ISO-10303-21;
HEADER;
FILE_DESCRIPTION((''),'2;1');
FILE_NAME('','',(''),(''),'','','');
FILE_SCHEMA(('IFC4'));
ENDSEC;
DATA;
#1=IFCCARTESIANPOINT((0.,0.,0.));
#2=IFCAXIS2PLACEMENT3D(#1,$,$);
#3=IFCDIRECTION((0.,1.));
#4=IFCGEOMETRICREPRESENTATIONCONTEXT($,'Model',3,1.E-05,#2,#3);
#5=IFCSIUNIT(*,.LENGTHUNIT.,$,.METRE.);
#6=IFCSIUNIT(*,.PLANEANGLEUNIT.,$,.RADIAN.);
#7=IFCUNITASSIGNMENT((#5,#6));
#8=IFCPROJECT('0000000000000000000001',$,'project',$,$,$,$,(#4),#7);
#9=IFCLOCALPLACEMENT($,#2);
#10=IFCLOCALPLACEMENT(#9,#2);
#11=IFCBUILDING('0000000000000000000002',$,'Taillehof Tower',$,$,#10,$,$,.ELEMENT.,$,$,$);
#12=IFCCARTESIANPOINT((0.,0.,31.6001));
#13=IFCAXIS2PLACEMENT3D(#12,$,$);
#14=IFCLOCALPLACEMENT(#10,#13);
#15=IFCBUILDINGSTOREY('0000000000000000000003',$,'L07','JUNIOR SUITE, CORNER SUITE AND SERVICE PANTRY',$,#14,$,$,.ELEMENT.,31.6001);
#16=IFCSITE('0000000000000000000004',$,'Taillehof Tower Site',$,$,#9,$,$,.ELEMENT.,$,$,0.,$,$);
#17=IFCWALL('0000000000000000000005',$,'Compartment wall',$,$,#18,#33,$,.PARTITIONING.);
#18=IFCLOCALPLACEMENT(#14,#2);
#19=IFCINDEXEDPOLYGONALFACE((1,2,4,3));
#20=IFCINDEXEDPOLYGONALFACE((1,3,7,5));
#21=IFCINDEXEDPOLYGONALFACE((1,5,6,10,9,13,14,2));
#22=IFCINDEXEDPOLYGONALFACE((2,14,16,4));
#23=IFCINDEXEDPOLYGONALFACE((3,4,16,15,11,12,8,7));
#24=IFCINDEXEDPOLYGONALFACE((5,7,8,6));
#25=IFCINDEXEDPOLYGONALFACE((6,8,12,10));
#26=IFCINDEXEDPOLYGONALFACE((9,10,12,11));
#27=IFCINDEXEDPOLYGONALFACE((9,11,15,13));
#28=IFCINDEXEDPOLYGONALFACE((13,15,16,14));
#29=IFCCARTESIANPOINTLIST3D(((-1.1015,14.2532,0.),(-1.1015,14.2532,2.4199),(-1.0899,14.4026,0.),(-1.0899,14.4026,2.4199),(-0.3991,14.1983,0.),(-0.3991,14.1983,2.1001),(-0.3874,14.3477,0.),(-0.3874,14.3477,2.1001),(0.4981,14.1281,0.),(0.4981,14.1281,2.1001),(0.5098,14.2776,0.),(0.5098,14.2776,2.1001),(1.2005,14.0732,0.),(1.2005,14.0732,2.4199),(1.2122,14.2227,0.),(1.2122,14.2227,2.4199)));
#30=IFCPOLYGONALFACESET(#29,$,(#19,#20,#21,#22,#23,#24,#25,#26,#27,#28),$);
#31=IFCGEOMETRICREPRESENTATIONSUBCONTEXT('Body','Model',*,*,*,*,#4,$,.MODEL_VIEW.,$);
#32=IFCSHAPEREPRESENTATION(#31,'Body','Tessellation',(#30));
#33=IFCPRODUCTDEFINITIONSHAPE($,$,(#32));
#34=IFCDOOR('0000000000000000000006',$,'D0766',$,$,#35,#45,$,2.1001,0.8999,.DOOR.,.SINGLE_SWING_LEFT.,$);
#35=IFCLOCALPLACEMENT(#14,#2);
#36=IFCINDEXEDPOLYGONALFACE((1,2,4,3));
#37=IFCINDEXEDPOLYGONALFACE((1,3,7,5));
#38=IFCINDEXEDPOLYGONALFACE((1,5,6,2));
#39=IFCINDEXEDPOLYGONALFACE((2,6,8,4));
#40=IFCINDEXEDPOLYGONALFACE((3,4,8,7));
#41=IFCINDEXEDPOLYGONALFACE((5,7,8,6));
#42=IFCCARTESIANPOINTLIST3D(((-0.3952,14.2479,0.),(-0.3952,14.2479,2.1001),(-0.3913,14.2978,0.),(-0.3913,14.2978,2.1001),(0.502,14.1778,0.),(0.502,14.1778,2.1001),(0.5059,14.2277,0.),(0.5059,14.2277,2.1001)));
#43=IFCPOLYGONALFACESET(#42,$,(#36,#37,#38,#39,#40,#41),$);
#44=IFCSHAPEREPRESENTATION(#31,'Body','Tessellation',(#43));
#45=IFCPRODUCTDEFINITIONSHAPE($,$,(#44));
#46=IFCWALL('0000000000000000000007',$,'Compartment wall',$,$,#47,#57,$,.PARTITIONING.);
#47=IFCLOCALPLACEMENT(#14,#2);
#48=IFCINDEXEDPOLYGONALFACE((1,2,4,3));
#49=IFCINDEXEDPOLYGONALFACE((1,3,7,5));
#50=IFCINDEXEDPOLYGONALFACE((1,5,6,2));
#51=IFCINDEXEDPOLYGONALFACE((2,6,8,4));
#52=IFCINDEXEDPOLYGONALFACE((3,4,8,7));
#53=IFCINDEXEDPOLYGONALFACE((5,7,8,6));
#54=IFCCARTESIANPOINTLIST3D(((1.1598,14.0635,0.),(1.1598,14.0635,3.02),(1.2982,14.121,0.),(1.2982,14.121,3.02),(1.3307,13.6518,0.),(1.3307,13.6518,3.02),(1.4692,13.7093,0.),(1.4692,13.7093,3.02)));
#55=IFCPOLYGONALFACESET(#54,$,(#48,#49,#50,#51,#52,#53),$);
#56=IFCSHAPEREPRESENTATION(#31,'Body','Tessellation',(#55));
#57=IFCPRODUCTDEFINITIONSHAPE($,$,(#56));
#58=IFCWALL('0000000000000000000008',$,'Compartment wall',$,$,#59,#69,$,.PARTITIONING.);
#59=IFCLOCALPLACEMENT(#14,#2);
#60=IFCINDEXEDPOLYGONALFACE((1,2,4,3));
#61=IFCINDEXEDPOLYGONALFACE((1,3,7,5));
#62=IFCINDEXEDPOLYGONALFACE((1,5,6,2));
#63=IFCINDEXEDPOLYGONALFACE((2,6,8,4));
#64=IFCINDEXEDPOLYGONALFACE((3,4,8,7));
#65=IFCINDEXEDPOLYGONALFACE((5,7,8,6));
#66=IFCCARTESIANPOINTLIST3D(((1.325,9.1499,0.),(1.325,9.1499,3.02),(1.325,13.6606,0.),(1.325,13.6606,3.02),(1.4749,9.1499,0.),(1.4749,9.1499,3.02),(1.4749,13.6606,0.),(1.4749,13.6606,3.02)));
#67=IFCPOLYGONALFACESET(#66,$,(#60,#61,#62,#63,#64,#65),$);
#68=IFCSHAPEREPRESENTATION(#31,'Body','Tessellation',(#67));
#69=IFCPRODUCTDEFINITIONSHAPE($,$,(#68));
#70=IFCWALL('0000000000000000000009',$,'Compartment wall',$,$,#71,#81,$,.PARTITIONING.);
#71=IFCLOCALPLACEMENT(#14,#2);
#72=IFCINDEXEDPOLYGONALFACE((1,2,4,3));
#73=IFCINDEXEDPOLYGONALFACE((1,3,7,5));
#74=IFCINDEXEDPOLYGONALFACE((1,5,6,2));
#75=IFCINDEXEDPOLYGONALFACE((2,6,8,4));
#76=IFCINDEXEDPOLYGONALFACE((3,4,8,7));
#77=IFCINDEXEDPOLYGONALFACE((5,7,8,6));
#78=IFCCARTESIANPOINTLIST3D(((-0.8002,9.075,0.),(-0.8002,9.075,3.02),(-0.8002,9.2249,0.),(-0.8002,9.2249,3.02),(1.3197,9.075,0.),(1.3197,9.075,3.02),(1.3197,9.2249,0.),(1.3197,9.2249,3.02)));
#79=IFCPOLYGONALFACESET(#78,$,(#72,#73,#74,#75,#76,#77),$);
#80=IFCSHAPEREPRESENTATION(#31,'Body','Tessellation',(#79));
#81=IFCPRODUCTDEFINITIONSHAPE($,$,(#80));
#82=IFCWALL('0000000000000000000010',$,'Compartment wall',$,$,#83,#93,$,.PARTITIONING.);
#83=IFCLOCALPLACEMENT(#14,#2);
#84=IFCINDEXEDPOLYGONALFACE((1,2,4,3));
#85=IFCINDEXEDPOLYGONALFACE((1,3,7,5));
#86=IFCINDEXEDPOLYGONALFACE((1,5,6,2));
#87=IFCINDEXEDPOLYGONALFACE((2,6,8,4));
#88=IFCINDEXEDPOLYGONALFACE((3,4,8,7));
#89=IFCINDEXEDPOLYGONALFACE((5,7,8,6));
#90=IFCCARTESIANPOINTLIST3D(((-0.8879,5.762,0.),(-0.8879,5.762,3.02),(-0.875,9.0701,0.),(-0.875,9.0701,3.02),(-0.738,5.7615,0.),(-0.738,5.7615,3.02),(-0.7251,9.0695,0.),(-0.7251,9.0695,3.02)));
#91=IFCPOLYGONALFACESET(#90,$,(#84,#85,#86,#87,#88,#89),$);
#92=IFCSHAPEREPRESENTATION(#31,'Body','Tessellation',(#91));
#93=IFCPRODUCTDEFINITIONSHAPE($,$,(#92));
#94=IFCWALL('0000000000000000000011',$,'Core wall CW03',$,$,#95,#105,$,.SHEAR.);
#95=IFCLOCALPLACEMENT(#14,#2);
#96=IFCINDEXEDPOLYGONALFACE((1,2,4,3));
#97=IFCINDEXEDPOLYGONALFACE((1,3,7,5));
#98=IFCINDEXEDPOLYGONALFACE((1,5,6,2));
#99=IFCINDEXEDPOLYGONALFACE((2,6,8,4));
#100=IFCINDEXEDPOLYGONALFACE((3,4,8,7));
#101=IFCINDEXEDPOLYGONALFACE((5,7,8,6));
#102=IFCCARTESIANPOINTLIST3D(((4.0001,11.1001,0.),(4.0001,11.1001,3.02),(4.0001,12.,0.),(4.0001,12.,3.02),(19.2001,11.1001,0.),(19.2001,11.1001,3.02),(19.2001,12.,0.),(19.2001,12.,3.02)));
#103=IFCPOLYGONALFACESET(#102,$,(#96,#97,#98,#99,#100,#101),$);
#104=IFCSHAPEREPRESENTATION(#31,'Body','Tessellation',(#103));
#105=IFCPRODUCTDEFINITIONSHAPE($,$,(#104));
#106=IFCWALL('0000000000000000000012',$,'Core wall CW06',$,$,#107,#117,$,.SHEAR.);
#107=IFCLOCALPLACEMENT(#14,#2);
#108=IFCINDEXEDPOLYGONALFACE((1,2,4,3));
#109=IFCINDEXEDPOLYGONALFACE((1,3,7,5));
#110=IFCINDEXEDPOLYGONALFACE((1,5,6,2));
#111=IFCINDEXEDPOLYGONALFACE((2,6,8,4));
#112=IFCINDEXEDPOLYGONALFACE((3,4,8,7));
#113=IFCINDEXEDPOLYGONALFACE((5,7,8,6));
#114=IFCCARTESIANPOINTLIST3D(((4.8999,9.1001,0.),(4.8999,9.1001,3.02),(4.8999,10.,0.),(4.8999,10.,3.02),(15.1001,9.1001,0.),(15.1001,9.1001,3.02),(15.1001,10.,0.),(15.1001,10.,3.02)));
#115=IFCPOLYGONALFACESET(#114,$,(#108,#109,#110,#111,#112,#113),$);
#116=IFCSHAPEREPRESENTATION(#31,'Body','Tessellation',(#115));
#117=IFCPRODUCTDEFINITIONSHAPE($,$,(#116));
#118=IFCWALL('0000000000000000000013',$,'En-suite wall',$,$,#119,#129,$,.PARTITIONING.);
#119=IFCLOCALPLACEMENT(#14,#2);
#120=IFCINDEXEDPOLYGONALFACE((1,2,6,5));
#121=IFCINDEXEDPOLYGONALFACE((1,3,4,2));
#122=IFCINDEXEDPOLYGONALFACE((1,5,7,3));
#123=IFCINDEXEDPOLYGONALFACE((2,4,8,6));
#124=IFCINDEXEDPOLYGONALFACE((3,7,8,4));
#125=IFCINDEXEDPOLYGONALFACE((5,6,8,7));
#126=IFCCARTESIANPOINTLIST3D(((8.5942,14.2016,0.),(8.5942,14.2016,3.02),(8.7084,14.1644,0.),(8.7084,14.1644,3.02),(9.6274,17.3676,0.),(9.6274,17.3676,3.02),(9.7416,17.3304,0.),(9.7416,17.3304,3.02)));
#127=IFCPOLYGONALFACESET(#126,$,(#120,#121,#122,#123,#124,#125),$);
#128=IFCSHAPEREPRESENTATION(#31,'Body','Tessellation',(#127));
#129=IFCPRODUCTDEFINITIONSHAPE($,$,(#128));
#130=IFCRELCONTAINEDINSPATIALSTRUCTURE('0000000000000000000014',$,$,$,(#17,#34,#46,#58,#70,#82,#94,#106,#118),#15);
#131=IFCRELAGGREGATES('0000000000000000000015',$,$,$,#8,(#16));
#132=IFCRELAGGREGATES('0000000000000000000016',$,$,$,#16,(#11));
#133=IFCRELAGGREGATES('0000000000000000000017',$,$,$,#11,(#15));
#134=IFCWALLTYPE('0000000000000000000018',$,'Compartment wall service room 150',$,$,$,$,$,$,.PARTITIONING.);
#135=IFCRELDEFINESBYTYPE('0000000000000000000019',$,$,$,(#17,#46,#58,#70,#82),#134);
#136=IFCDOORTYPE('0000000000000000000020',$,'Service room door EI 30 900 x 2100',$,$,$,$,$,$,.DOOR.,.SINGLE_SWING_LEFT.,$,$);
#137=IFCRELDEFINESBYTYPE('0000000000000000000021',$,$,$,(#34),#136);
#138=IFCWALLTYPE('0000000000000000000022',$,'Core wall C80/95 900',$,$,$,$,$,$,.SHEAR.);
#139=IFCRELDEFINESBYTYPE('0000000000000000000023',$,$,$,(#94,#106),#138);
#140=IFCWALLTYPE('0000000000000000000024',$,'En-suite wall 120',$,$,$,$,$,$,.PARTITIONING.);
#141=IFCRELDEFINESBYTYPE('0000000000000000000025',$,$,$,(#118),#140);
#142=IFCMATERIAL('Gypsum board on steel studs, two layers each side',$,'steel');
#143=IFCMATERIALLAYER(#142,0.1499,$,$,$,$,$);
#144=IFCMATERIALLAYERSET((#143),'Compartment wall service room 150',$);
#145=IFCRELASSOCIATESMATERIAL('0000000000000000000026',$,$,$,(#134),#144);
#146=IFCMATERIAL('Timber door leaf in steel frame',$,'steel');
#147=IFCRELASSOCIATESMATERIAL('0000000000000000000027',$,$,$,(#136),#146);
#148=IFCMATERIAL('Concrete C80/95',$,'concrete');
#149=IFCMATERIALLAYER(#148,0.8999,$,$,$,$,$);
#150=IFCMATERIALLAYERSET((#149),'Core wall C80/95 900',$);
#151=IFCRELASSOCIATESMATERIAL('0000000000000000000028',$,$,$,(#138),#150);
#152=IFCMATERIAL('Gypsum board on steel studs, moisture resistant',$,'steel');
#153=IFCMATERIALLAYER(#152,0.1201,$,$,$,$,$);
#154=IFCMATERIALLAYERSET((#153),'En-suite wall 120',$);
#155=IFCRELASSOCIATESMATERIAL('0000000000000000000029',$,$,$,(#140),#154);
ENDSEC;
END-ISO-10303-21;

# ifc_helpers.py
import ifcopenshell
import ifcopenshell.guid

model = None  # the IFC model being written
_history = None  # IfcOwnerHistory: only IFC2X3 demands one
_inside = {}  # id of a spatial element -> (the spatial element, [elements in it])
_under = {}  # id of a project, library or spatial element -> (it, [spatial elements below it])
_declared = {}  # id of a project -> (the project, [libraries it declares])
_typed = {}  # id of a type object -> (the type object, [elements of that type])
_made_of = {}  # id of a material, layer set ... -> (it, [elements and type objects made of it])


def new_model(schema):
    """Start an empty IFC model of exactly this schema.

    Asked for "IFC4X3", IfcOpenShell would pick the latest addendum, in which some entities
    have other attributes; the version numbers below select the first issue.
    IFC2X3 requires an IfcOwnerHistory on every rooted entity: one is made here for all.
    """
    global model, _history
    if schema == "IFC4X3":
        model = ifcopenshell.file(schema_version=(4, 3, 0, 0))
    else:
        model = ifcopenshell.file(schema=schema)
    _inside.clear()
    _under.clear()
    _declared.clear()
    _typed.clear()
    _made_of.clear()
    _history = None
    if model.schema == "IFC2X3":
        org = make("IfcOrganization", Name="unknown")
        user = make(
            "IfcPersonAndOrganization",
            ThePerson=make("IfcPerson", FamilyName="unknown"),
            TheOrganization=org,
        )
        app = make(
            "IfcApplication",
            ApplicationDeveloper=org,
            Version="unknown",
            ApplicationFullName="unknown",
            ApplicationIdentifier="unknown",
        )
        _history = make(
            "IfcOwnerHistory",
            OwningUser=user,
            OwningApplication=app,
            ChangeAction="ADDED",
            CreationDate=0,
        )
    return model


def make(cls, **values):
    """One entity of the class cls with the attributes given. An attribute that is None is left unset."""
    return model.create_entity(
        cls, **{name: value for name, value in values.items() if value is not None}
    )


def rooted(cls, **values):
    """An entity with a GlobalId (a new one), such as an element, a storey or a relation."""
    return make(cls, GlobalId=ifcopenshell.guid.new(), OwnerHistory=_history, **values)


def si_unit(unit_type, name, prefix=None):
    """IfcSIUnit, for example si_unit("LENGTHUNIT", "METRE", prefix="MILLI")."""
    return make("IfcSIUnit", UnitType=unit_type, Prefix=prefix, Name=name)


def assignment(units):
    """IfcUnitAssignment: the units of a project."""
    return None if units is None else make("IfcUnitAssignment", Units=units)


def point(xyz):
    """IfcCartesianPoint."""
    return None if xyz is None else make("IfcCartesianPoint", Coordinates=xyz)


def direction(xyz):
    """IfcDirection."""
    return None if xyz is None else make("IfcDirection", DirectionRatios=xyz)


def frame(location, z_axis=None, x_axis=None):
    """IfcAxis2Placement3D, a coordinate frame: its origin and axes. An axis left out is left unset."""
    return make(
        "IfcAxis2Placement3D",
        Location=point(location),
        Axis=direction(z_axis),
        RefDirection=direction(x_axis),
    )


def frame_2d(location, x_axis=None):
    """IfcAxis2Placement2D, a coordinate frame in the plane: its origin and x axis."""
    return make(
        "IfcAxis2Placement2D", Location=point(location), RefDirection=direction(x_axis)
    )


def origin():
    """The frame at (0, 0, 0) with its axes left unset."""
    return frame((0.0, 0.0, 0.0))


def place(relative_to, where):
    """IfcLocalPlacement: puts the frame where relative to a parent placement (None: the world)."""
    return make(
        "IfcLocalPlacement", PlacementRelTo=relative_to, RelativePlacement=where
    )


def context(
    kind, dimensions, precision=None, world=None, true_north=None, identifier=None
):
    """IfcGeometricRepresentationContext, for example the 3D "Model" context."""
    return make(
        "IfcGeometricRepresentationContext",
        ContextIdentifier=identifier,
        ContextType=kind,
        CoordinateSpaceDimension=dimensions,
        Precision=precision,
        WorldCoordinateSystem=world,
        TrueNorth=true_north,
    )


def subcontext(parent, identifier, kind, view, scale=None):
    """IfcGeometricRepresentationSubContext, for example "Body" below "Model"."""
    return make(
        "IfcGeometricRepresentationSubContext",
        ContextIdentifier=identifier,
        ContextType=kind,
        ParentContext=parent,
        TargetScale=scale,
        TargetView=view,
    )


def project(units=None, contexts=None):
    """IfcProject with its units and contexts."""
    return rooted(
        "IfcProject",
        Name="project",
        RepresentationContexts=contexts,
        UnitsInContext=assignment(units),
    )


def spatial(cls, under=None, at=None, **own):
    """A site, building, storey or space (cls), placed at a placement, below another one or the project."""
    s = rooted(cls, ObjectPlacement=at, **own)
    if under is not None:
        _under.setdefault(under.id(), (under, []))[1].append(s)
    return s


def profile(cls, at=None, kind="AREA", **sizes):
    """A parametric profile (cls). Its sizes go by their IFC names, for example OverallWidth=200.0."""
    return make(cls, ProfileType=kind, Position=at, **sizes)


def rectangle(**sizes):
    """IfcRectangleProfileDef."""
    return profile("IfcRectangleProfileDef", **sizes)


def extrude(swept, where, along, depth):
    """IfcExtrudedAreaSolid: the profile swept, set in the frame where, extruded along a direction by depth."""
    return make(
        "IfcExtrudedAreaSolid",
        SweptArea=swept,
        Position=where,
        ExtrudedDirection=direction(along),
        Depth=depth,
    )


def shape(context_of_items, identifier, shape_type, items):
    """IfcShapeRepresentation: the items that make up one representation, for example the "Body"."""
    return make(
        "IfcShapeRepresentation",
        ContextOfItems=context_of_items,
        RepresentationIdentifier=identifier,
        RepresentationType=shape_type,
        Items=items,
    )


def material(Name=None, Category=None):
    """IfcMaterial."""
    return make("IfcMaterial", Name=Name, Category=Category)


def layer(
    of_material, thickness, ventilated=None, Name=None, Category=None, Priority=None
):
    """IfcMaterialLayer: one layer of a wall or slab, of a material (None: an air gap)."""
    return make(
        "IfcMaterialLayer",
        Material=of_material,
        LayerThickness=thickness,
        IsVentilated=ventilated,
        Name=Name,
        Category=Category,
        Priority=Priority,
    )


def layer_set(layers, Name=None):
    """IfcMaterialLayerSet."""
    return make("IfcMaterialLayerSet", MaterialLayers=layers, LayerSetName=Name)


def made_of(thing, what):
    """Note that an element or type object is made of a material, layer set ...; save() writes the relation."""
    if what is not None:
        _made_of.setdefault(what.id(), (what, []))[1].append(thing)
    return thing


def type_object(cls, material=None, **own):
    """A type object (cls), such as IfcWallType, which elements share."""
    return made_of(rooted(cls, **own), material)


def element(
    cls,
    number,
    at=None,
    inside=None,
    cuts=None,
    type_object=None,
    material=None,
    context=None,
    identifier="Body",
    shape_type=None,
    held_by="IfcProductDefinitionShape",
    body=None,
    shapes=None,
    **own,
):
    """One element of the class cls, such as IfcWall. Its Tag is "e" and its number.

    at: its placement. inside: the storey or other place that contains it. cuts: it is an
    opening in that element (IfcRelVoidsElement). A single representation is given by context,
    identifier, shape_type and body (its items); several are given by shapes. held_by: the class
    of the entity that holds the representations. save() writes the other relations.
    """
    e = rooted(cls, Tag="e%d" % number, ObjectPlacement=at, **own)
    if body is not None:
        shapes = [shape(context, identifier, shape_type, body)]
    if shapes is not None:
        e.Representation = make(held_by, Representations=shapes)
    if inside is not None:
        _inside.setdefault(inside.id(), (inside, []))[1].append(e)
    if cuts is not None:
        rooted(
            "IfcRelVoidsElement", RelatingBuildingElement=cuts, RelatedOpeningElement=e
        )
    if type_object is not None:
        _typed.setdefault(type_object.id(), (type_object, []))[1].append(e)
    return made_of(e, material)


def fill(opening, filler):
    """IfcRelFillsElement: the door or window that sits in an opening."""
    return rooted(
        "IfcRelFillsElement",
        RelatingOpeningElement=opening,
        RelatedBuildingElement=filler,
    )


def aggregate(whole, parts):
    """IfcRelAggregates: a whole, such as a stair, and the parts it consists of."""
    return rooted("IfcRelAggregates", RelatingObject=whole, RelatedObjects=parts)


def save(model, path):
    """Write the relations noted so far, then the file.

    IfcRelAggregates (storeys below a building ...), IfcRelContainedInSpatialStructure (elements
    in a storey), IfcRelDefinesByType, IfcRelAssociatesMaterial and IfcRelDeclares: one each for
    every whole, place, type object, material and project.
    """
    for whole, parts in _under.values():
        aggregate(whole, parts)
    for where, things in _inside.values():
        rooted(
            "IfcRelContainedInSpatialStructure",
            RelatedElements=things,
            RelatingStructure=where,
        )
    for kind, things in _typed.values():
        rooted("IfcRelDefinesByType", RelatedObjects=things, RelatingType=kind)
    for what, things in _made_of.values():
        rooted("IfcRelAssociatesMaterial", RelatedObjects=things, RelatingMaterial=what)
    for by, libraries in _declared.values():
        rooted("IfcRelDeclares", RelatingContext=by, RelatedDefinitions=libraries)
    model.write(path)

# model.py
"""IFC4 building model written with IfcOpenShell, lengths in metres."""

from ifc_helpers import new_model, si_unit, direction, frame, frame_2d, origin, place, context, subcontext, project, spatial, rectangle, extrude, material, layer, layer_set, type_object, element, fill, save


model = new_model("IFC4")

# Units and contexts
model_context = context("Model", 3, precision=1e-05, world=origin(), true_north=direction((0.0, 1.0)))
body_context = subcontext(model_context, "Body", "Model", "MODEL_VIEW")
ifc_project = project(units=[si_unit("LENGTHUNIT", "METRE"), si_unit("PLANEANGLEUNIT", "RADIAN")], contexts=[model_context])

# Site, building, storey
site_placement = place(None, origin())
site = spatial("IfcSite", under=ifc_project, at=site_placement, Name="Taillehof Tower Site", CompositionType="ELEMENT", RefElevation=0.0)
building_placement = place(site_placement, origin())
building = spatial("IfcBuilding", under=site, at=building_placement, Name="Taillehof Tower", CompositionType="ELEMENT")
storey_placement = place(building_placement, frame((0.0, 0.0, 31.6001)))
storey = spatial("IfcBuildingStorey", under=building, at=storey_placement, Name="L07", Description="JUNIOR SUITE, CORNER SUITE AND SERVICE PANTRY", CompositionType="ELEMENT", Elevation=31.6001)

# Wall, opening, door
ifc_material_1 = material(Name="Gypsum board on steel studs, two layers each side", Category="steel")
ifc_layer_1 = layer(ifc_material_1, 0.1499)
ifc_layer_set_1 = layer_set([ifc_layer_1], Name="Compartment wall service room 150")
wall_type_1 = type_object("IfcWallType", Name="Compartment wall service room 150", PredefinedType="PARTITIONING", material=ifc_layer_set_1)
wall_1_placement = place(storey_placement, frame((-1.0957, 14.3279, 0.0), z_axis=(0.0, 0.0, 1.0), x_axis=(0.996959, -0.077925, 0.0)))
wall_1 = element("IfcWall", 1, at=wall_1_placement, inside=storey, type_object=wall_type_1, Name="Compartment wall", PredefinedType="PARTITIONING", context=body_context, shape_type="SweptSolid", body=[
    extrude(rectangle(XDim=2.3091, YDim=0.1499, at=frame_2d((1.1545, 0.0))), origin(), (0.0, 0.0, 1.0), 2.4199),
])
opening_1_placement = place(wall_1_placement, frame((0.7046, 0.0, 0.0)))
opening_1 = element("IfcOpeningElement", 2, at=opening_1_placement, cuts=wall_1, PredefinedType="OPENING", context=body_context, shape_type="SweptSolid", body=[
    extrude(rectangle(XDim=0.8999, YDim=2.1001, at=frame_2d((0.45, 1.05))), frame((0.0, 0.085, 0.0), z_axis=(0.0, -1.0, 0.0), x_axis=(1.0, 0.0, 0.0)), (0.0, 0.0, 1.0), 0.1699),
])
ifc_material_2 = material(Name="Timber door leaf in steel frame", Category="steel")
door_type_1 = type_object("IfcDoorType", Name="Service room door EI 30 900 x 2100", OperationType="SINGLE_SWING_LEFT", PredefinedType="DOOR", material=ifc_material_2)
door_1_placement = place(opening_1_placement, origin())
door_1 = element("IfcDoor", 3, at=door_1_placement, inside=storey, type_object=door_type_1, Name="D0766", OperationType="SINGLE_SWING_LEFT", OverallHeight=2.1001, OverallWidth=0.8999, PredefinedType="DOOR", context=body_context, shape_type="SweptSolid", body=[
    extrude(rectangle(XDim=0.8999, YDim=2.1001, at=frame_2d((0.45, 1.05))), frame((0.0, 0.0249, 0.0), z_axis=(0.0, -1.0, 0.0), x_axis=(1.0, 0.0, 0.0)), (0.0, 0.0, 1.0), 0.05),
])
fill(opening_1, door_1)

# Walls
wall_2_placement = place(storey_placement, frame((1.229, 14.0923, 0.0), z_axis=(0.0, 0.0, 1.0), x_axis=(0.383448, -0.923562, 0.0)))
element("IfcWall", 4, at=wall_2_placement, inside=storey, type_object=wall_type_1, Name="Compartment wall", PredefinedType="PARTITIONING", context=body_context, shape_type="SweptSolid", body=[
    extrude(rectangle(XDim=0.4458, YDim=0.1499, at=frame_2d((0.2229, 0.0))), origin(), (0.0, 0.0, 1.0), 3.02),
])
wall_3_placement = place(storey_placement, frame((1.3999, 13.6606, 0.0), z_axis=(0.0, 0.0, 1.0), x_axis=(0.0, -1.0, 0.0)))
element("IfcWall", 5, at=wall_3_placement, inside=storey, type_object=wall_type_1, Name="Compartment wall", PredefinedType="PARTITIONING", context=body_context, shape_type="SweptSolid", body=[
    extrude(rectangle(XDim=4.5107, YDim=0.1499, at=frame_2d((2.2554, 0.0))), origin(), (0.0, 0.0, 1.0), 3.02),
])
wall_4_placement = place(storey_placement, frame((1.3198, 9.1499, 0.0), z_axis=(0.0, 0.0, 1.0), x_axis=(-1.0, 0.0, 0.0)))
element("IfcWall", 6, at=wall_4_placement, inside=storey, type_object=wall_type_1, Name="Compartment wall", PredefinedType="PARTITIONING", context=body_context, shape_type="SweptSolid", body=[
    extrude(rectangle(XDim=2.1199, YDim=0.1499, at=frame_2d((1.0601, 0.0))), origin(), (0.0, 0.0, 1.0), 3.02),
])
wall_5_placement = place(storey_placement, frame((-0.8, 9.0698, 0.0), z_axis=(0.0, 0.0, 1.0), x_axis=(-0.003911, -0.999992, 0.0)))
element("IfcWall", 7, at=wall_5_placement, inside=storey, type_object=wall_type_1, Name="Compartment wall", PredefinedType="PARTITIONING", context=body_context, shape_type="SweptSolid", body=[
    extrude(rectangle(XDim=3.3081, YDim=0.1499, at=frame_2d((1.6541, 0.0))), origin(), (0.0, 0.0, 1.0), 3.02),
])
ifc_material_3 = material(Name="Concrete C80/95", Category="concrete")
ifc_layer_2 = layer(ifc_material_3, 0.8999)
ifc_layer_set_2 = layer_set([ifc_layer_2], Name="Core wall C80/95 900")
wall_type_2 = type_object("IfcWallType", Name="Core wall C80/95 900", PredefinedType="SHEAR", material=ifc_layer_set_2)
wall_6_placement = place(storey_placement, frame((4.0, 11.55, 0.0), z_axis=(0.0, 0.0, 1.0), x_axis=(1.0, 0.0, 0.0)))
element("IfcWall", 8, at=wall_6_placement, inside=storey, type_object=wall_type_2, Name="Core wall CW03", PredefinedType="SHEAR", context=body_context, shape_type="SweptSolid", body=[
    extrude(rectangle(XDim=15.2, YDim=0.8999, at=frame_2d((7.6001, 0.0))), origin(), (0.0, 0.0, 1.0), 3.02),
])
wall_7_placement = place(storey_placement, frame((4.8999, 9.55, 0.0), z_axis=(0.0, 0.0, 1.0), x_axis=(1.0, 0.0, 0.0)))
element("IfcWall", 9, at=wall_7_placement, inside=storey, type_object=wall_type_2, Name="Core wall CW06", PredefinedType="SHEAR", context=body_context, shape_type="SweptSolid", body=[
    extrude(rectangle(XDim=10.2002, YDim=0.8999, at=frame_2d((5.1001, 0.0))), origin(), (0.0, 0.0, 1.0), 3.02),
])
ifc_material_4 = material(Name="Gypsum board on steel studs, moisture resistant", Category="steel")
ifc_layer_3 = layer(ifc_material_4, 0.1201)
ifc_layer_set_3 = layer_set([ifc_layer_3], Name="En-suite wall 120")
wall_type_3 = type_object("IfcWallType", Name="En-suite wall 120", PredefinedType="PARTITIONING", material=ifc_layer_set_3)
wall_8_placement = place(storey_placement, frame((8.6514, 14.1831, 0.0), z_axis=(0.0, 0.0, 1.0), x_axis=(0.31024, 0.950658, 0.0)))
element("IfcWall", 10, at=wall_8_placement, inside=storey, type_object=wall_type_3, Name="En-suite wall", PredefinedType="PARTITIONING", context=body_context, shape_type="SweptSolid", body=[
    extrude(rectangle(XDim=3.3303, YDim=0.1201, at=frame_2d((1.665, 0.0))), origin(), (0.0, 0.0, 1.0), 3.02),
])

save(model, "model.ifc")
